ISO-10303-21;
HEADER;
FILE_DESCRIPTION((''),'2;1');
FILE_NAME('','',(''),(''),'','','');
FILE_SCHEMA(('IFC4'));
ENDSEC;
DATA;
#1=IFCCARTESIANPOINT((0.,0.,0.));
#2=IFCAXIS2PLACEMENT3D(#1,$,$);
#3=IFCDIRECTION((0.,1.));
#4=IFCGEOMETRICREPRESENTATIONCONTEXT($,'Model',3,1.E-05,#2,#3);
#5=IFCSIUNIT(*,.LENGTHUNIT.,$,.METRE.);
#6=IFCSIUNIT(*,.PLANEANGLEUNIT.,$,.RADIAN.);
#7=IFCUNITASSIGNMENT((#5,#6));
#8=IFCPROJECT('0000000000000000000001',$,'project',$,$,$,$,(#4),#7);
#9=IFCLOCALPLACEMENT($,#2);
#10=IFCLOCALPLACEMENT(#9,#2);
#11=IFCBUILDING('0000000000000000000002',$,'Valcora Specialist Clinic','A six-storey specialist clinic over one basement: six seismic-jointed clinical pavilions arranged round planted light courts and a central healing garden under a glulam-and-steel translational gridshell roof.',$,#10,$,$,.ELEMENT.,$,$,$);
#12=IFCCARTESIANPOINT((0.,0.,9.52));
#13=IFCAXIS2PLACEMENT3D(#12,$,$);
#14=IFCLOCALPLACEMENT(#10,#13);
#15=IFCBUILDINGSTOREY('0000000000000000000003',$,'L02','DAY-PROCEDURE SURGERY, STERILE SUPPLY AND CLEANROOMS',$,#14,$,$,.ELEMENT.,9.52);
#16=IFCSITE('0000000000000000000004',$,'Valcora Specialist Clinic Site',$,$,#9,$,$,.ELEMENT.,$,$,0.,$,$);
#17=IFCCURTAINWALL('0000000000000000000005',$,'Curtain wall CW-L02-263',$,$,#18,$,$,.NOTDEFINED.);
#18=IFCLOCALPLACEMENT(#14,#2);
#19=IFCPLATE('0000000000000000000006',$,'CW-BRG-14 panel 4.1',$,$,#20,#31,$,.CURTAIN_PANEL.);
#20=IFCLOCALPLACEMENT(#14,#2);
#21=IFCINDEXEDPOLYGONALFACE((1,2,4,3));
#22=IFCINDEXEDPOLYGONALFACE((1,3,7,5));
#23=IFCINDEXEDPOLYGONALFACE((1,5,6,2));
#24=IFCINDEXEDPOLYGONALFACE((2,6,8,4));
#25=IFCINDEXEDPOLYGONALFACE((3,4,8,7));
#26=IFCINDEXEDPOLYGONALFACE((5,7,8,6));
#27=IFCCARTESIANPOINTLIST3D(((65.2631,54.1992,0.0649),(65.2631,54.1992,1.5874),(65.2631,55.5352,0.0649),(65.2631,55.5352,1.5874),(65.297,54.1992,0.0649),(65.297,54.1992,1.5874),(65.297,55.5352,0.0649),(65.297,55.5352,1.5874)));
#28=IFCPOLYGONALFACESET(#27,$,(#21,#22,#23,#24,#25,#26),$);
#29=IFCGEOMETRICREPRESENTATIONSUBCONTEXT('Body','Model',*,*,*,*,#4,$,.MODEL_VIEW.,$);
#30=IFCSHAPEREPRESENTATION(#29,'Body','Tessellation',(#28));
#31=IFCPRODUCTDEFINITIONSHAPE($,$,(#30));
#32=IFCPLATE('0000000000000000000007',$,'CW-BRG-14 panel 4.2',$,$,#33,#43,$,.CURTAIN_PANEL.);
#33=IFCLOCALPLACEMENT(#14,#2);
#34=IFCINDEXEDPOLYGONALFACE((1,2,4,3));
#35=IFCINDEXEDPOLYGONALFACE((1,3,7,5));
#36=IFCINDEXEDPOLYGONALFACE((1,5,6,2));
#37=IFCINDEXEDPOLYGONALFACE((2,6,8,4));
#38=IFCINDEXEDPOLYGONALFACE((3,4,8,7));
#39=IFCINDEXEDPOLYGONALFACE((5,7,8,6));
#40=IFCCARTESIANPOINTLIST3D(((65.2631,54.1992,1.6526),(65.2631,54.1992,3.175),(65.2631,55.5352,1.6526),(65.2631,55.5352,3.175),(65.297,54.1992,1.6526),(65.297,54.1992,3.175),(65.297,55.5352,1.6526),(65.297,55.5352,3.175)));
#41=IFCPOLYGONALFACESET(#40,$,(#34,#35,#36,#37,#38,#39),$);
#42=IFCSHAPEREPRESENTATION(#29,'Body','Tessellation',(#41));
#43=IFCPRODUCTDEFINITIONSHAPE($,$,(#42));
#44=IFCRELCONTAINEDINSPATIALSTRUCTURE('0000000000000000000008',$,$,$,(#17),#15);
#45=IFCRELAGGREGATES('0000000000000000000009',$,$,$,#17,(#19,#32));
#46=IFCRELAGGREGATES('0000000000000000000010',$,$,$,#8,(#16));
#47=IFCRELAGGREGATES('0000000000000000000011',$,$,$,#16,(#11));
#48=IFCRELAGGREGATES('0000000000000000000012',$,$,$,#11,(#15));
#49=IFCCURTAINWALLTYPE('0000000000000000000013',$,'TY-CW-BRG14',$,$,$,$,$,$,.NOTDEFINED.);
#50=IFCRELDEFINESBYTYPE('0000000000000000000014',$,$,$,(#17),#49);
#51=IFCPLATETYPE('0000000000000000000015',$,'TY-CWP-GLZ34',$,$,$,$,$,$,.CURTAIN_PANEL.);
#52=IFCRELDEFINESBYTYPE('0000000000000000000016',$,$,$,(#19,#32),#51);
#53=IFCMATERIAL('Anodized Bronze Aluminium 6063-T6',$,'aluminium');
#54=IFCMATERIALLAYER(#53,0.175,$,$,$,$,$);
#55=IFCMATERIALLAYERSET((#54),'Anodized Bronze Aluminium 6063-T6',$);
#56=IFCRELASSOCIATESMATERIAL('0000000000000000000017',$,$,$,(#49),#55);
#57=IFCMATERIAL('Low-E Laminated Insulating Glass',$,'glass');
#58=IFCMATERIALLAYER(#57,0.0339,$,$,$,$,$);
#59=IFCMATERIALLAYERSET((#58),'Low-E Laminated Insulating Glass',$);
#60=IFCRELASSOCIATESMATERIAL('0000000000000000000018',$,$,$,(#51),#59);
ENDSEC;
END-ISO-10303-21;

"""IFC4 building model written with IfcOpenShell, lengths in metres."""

from ifc_helpers import new_model, si_unit, direction, frame, origin, origin_2d, place, context, subcontext, project, spatial, rectangle, extrude, material, layer, layer_set, type_object, element, aggregate, save


model = new_model("IFC4")

# Units and contexts
model_context = context("Model", 3, precision=1e-05, world=origin(), true_north=direction((0.0, 1.0)))
body_context = subcontext(model_context, "Body", "Model", "MODEL_VIEW")
ifc_project = project(units=[si_unit("LENGTHUNIT", "METRE"), si_unit("PLANEANGLEUNIT", "RADIAN")], contexts=[model_context])

# Site, building, storey
site_placement = place(None, origin())
site = spatial("IfcSite", under=ifc_project, at=site_placement, Name="Valcora Specialist Clinic Site", CompositionType="ELEMENT", RefElevation=0.0)
building_placement = place(site_placement, origin())
building = spatial("IfcBuilding", under=site, at=building_placement, Name="Valcora Specialist Clinic", Description="A six-storey specialist clinic over one basement: six seismic-jointed clinical pavilions arranged round planted light courts and a central healing garden under a glulam-and-steel translational gridshell roof.", CompositionType="ELEMENT")
storey_placement = place(building_placement, frame((0.0, 0.0, 9.52)))
storey = spatial("IfcBuildingStorey", under=building, at=storey_placement, Name="L02", Description="DAY-PROCEDURE SURGERY, STERILE SUPPLY AND CLEANROOMS", CompositionType="ELEMENT", Elevation=9.52)

# Shared definitions
ifc_material_1 = material(Name="Anodized Bronze Aluminium 6063-T6", Category="aluminium")
ifc_layer_1 = layer(ifc_material_1, 0.175)
ifc_layer_set_1 = layer_set([ifc_layer_1], Name="Anodized Bronze Aluminium 6063-T6")
curtain_wall_type = type_object("IfcCurtainWallType", Name="TY-CW-BRG14", PredefinedType="NOTDEFINED", material=ifc_layer_set_1)

# Curtain wall
curtain_wall_1_placement = place(storey_placement, origin())
curtain_wall_1 = element("IfcCurtainWall", 1, at=curtain_wall_1_placement, inside=storey, type_object=curtain_wall_type, Name="Curtain wall CW-L02-263", PredefinedType="NOTDEFINED")

# Plates
ifc_material_2 = material(Name="Low-E Laminated Insulating Glass", Category="glass")
ifc_layer_2 = layer(ifc_material_2, 0.0339)
ifc_layer_set_2 = layer_set([ifc_layer_2], Name="Low-E Laminated Insulating Glass")
plate_type_1 = type_object("IfcPlateType", Name="TY-CWP-GLZ34", PredefinedType="CURTAIN_PANEL", material=ifc_layer_set_2)
plate_1_placement = place(storey_placement, frame((65.28, 54.8672, 0.0649), z_axis=(0.0, 0.0, 1.0), x_axis=(0.0, 1.0, 0.0)))
plate_1 = element("IfcPlate", 2, at=plate_1_placement, type_object=plate_type_1, Name="CW-BRG-14 panel 4.1", PredefinedType="CURTAIN_PANEL", context=body_context, shape_type="SweptSolid", body=[
    extrude(rectangle(XDim=1.3359, YDim=0.0339, at=origin_2d()), origin(), (0.0, 0.0, 1.0), 1.5225),
])
plate_2_placement = place(storey_placement, frame((65.28, 54.8672, 1.6526), z_axis=(0.0, 0.0, 1.0), x_axis=(0.0, 1.0, 0.0)))
plate_2 = element("IfcPlate", 3, at=plate_2_placement, type_object=plate_type_1, Name="CW-BRG-14 panel 4.2", PredefinedType="CURTAIN_PANEL", context=body_context, shape_type="SweptSolid", body=[
    extrude(rectangle(XDim=1.3359, YDim=0.0339, at=origin_2d()), origin(), (0.0, 0.0, 1.0), 1.5225),
])
aggregate(curtain_wall_1, [plate_1, plate_2])

save(model, "model.ifc")
